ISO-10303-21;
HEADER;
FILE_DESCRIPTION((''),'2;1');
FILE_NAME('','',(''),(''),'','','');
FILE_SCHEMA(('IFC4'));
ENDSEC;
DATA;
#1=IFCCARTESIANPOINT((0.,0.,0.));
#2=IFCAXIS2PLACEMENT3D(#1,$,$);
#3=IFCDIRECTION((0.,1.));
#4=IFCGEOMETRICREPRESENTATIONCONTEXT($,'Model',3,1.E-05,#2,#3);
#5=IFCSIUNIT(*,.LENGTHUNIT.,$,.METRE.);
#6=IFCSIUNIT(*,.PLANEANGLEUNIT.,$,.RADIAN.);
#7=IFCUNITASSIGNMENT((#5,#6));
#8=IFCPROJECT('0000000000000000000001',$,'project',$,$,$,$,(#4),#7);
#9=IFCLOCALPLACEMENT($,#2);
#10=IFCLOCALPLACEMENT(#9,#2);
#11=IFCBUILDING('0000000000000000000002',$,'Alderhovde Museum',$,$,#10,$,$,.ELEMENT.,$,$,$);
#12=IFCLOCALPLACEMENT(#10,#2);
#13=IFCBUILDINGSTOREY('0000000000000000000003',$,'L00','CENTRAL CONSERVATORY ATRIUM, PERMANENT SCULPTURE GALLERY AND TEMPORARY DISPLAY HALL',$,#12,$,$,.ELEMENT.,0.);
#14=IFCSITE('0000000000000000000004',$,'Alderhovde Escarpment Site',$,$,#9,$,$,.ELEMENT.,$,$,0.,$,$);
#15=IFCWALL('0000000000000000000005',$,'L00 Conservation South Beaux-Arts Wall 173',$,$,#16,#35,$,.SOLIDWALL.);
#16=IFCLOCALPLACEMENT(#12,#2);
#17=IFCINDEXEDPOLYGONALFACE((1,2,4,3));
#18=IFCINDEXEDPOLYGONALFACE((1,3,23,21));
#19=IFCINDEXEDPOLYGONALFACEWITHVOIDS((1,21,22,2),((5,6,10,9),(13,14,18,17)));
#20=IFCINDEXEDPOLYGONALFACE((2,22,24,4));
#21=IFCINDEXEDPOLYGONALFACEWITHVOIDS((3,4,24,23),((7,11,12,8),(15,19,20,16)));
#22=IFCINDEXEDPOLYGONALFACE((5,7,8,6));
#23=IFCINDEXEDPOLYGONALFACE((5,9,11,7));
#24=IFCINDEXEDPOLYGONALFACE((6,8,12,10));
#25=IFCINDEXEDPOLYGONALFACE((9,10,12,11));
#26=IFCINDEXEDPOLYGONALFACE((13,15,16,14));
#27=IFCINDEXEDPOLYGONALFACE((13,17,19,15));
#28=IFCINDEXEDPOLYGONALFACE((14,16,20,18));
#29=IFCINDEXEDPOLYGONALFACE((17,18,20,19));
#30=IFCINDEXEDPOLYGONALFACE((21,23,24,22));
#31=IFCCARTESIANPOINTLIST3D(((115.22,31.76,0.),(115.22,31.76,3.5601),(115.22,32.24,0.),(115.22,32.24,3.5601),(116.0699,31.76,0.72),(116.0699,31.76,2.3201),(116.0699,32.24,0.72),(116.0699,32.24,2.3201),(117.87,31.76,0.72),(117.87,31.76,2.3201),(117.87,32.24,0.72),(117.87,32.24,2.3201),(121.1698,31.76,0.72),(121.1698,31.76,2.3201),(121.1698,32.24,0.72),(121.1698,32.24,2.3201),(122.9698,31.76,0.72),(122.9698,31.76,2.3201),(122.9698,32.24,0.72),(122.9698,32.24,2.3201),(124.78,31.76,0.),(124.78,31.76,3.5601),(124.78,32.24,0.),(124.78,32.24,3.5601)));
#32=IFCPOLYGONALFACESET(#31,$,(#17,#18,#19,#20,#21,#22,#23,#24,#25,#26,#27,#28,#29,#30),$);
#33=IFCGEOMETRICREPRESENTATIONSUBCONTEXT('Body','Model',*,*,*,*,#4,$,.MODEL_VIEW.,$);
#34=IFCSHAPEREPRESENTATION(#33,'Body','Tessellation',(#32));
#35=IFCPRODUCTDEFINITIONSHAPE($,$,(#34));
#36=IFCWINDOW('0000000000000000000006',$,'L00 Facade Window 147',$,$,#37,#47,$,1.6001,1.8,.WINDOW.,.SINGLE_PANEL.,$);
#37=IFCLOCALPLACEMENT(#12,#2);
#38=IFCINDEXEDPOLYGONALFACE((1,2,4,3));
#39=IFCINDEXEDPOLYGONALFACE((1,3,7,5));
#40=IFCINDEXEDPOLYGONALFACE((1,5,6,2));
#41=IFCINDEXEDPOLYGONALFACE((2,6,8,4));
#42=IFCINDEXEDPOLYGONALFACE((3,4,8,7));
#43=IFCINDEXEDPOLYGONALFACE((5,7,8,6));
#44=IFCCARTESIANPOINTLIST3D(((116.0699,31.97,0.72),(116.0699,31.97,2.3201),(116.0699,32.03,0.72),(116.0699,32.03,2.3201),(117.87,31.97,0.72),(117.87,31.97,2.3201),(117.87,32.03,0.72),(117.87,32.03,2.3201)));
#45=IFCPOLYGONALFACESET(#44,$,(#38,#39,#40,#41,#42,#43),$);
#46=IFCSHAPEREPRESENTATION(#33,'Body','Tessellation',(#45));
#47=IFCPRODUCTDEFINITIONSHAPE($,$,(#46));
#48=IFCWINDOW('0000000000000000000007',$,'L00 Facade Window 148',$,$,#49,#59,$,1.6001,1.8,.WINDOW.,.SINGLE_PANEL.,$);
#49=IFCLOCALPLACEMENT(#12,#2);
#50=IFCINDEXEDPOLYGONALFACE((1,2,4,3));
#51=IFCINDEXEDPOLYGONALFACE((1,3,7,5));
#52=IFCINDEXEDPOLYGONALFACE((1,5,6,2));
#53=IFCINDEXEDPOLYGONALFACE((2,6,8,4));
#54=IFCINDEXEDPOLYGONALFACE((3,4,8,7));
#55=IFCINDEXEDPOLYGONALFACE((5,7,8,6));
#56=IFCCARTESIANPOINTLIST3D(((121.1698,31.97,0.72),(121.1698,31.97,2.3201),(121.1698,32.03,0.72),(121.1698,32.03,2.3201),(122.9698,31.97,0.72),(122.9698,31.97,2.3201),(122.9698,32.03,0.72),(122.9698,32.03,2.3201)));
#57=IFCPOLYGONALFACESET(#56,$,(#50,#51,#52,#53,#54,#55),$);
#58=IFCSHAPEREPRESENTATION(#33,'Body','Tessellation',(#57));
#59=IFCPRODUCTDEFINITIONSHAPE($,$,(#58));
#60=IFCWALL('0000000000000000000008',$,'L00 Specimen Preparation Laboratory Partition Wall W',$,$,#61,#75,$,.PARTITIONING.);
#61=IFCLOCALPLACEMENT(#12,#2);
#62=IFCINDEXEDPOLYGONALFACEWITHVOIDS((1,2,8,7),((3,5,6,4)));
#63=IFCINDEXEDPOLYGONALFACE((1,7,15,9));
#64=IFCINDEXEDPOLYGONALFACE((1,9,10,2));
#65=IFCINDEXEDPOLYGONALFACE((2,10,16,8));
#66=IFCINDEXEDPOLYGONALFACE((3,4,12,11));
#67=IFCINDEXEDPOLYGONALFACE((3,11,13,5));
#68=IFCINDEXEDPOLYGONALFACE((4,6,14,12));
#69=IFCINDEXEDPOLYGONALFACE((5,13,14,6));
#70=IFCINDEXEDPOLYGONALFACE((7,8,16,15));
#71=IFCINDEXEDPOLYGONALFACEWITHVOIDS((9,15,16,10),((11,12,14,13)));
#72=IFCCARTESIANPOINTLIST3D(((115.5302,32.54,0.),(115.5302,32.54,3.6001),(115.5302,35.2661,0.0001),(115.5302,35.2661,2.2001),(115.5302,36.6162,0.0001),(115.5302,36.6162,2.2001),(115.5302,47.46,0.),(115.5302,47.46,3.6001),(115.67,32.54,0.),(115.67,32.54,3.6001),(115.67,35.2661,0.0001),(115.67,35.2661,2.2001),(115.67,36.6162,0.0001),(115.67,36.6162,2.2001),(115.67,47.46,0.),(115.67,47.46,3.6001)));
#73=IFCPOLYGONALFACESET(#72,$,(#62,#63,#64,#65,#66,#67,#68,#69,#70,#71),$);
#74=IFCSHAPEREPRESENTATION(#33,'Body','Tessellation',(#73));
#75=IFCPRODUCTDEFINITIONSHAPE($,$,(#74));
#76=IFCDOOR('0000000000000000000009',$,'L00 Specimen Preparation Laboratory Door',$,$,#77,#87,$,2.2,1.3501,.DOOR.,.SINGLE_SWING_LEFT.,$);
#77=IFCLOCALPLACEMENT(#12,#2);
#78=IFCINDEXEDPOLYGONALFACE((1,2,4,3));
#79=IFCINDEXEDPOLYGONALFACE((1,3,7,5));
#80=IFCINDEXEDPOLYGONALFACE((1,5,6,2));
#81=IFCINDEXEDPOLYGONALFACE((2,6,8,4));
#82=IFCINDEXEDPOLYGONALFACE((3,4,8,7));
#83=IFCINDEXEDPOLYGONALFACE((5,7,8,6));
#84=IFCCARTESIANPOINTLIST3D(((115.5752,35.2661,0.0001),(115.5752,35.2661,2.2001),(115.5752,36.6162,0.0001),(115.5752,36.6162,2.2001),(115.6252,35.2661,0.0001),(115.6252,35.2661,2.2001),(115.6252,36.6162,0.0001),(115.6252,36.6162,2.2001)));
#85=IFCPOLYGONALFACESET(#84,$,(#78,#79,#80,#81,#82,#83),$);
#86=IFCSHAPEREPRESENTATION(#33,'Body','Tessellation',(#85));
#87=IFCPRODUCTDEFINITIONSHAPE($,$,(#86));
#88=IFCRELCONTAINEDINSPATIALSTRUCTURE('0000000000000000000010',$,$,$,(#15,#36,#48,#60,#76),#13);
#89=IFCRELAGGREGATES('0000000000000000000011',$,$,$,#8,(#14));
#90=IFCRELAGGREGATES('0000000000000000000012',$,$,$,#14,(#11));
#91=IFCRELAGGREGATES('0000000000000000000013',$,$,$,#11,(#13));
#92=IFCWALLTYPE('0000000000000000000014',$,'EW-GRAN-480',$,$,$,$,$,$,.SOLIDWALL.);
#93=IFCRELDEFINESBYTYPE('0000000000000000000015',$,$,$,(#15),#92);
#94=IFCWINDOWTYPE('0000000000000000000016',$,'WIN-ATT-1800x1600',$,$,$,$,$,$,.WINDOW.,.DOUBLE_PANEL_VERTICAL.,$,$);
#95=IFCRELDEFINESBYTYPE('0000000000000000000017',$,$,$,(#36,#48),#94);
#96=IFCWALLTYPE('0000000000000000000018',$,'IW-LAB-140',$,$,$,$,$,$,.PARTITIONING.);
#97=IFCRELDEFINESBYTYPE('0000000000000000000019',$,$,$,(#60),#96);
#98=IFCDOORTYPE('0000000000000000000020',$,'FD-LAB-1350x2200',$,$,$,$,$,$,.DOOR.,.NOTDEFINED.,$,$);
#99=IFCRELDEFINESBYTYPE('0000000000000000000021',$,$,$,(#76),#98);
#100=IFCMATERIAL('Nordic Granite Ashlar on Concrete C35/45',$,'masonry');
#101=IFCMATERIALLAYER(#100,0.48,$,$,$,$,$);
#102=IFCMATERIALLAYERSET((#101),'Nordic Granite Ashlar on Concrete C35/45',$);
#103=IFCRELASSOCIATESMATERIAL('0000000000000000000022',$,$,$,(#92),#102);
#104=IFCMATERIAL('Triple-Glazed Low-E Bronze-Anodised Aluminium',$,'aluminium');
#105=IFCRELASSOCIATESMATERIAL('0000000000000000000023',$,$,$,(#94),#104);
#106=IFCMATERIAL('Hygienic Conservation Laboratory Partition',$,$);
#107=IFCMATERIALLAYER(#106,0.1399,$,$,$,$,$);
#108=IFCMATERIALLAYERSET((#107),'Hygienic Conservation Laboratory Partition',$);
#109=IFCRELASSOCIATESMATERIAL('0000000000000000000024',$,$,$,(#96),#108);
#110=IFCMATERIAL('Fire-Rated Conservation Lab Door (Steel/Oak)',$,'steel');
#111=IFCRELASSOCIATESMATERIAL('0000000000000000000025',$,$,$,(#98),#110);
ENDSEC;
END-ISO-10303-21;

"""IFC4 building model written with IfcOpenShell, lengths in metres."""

from ifc_helpers import new_model, si_unit, direction, frame, frame_2d, origin, place, context, subcontext, project, spatial, rectangle, extrude, material, layer, layer_set, type_object, element, fill, save


model = new_model("IFC4")

# Units and contexts
model_context = context("Model", 3, precision=1e-05, world=origin(), true_north=direction((0.0, 1.0)))
body_context = subcontext(model_context, "Body", "Model", "MODEL_VIEW")
ifc_project = project(units=[si_unit("LENGTHUNIT", "METRE"), si_unit("PLANEANGLEUNIT", "RADIAN")], contexts=[model_context])

# Site, building, storey
site_placement = place(None, origin())
site = spatial("IfcSite", under=ifc_project, at=site_placement, Name="Alderhovde Escarpment Site", CompositionType="ELEMENT", RefElevation=0.0)
building_placement = place(site_placement, origin())
building = spatial("IfcBuilding", under=site, at=building_placement, Name="Alderhovde Museum", CompositionType="ELEMENT")
storey_placement = place(building_placement, origin())
storey = spatial("IfcBuildingStorey", under=building, at=storey_placement, Name="L00", Description="CENTRAL CONSERVATORY ATRIUM, PERMANENT SCULPTURE GALLERY AND TEMPORARY DISPLAY HALL", CompositionType="ELEMENT", Elevation=0.0)

# Shared definitions
ifc_material_1 = material(Name="Nordic Granite Ashlar on Concrete C35/45", Category="masonry")
ifc_layer_1 = layer(ifc_material_1, 0.48)
ifc_layer_set_1 = layer_set([ifc_layer_1], Name="Nordic Granite Ashlar on Concrete C35/45")
wall_type_1 = type_object("IfcWallType", Name="EW-GRAN-480", PredefinedType="SOLIDWALL", material=ifc_layer_set_1)
ifc_material_2 = material(Name="Triple-Glazed Low-E Bronze-Anodised Aluminium", Category="aluminium")
window_type = type_object("IfcWindowType", Name="WIN-ATT-1800x1600", PartitioningType="DOUBLE_PANEL_VERTICAL", PredefinedType="WINDOW", material=ifc_material_2)

# Wall, openings, windows
wall_1_placement = place(storey_placement, frame((115.22, 32.0, 0.0), z_axis=(0.0, 0.0, 1.0), x_axis=(1.0, 0.0, 0.0)))
wall_1 = element("IfcWall", 1, at=wall_1_placement, inside=storey, type_object=wall_type_1, Name="L00 Conservation South Beaux-Arts Wall 173", PredefinedType="SOLIDWALL", context=body_context, shape_type="SweptSolid", body=[
    extrude(rectangle(XDim=9.5601, YDim=0.48, at=frame_2d((4.78, 0.0))), origin(), (0.0, 0.0, 1.0), 3.5601),
])
opening_1_placement = place(wall_1_placement, frame((0.8501, 0.0, 0.72)))
opening_1 = element("IfcOpeningElement", 2, at=opening_1_placement, cuts=wall_1, PredefinedType="OPENING", context=body_context, shape_type="SweptSolid", body=[
    extrude(rectangle(XDim=1.8, YDim=1.6001, at=frame_2d((0.8999, 0.8))), frame((0.0, 0.25, 0.0), z_axis=(0.0, -1.0, 0.0), x_axis=(1.0, 0.0, 0.0)), (0.0, 0.0, 1.0), 0.5),
])
opening_2_placement = place(wall_1_placement, frame((5.95, 0.0, 0.72)))
opening_2 = element("IfcOpeningElement", 3, at=opening_2_placement, cuts=wall_1, PredefinedType="OPENING", context=body_context, shape_type="SweptSolid", body=[
    extrude(rectangle(XDim=1.8, YDim=1.6001, at=frame_2d((0.8999, 0.8))), frame((0.0, 0.25, 0.0), z_axis=(0.0, -1.0, 0.0), x_axis=(1.0, 0.0, 0.0)), (0.0, 0.0, 1.0), 0.5),
])
window_1_placement = place(opening_1_placement, origin())
window_1 = element("IfcWindow", 4, at=window_1_placement, inside=storey, type_object=window_type, Name="L00 Facade Window 147", OverallHeight=1.6001, OverallWidth=1.8, PartitioningType="SINGLE_PANEL", PredefinedType="WINDOW", context=body_context, shape_type="SweptSolid", body=[
    extrude(rectangle(XDim=1.8, YDim=1.6001, at=frame_2d((0.8999, 0.8))), frame((0.0, 0.03, 0.0), z_axis=(0.0, -1.0, 0.0), x_axis=(1.0, 0.0, 0.0)), (0.0, 0.0, 1.0), 0.0601),
])
fill(opening_1, window_1)
window_2_placement = place(opening_2_placement, origin())
window_2 = element("IfcWindow", 5, at=window_2_placement, inside=storey, type_object=window_type, Name="L00 Facade Window 148", OverallHeight=1.6001, OverallWidth=1.8, PartitioningType="SINGLE_PANEL", PredefinedType="WINDOW", context=body_context, shape_type="SweptSolid", body=[
    extrude(rectangle(XDim=1.8, YDim=1.6001, at=frame_2d((0.8999, 0.8))), frame((0.0, 0.03, 0.0), z_axis=(0.0, -1.0, 0.0), x_axis=(1.0, 0.0, 0.0)), (0.0, 0.0, 1.0), 0.0601),
])
fill(opening_2, window_2)

# Wall, opening, door
ifc_material_3 = material(Name="Hygienic Conservation Laboratory Partition")
ifc_layer_2 = layer(ifc_material_3, 0.1399)
ifc_layer_set_2 = layer_set([ifc_layer_2], Name="Hygienic Conservation Laboratory Partition")
wall_type_2 = type_object("IfcWallType", Name="IW-LAB-140", PredefinedType="PARTITIONING", material=ifc_layer_set_2)
wall_2_placement = place(storey_placement, frame((115.6001, 32.54, 0.0), z_axis=(0.0, 0.0, 1.0), x_axis=(0.0, 1.0, 0.0)))
wall_2 = element("IfcWall", 6, at=wall_2_placement, inside=storey, type_object=wall_type_2, Name="L00 Specimen Preparation Laboratory Partition Wall W", PredefinedType="PARTITIONING", context=body_context, shape_type="SweptSolid", body=[
    extrude(rectangle(XDim=14.9199, YDim=0.1399, at=frame_2d((7.46, 0.0))), origin(), (0.0, 0.0, 1.0), 3.6001),
])
opening_3_placement = place(wall_2_placement, frame((2.7261, 0.0, 0.0)))
opening_3 = element("IfcOpeningElement", 7, at=opening_3_placement, cuts=wall_2, PredefinedType="OPENING", context=body_context, shape_type="SweptSolid", body=[
    extrude(rectangle(XDim=1.3501, YDim=2.2, at=frame_2d((0.675, 1.1001))), frame((0.0, 0.0801, 0.0), z_axis=(0.0, -1.0, 0.0), x_axis=(1.0, 0.0, 0.0)), (0.0, 0.0, 1.0), 0.1599),
])
ifc_material_4 = material(Name="Fire-Rated Conservation Lab Door (Steel/Oak)", Category="steel")
door_type = type_object("IfcDoorType", Name="FD-LAB-1350x2200", OperationType="NOTDEFINED", PredefinedType="DOOR", material=ifc_material_4)
door_placement = place(opening_3_placement, origin())
door = element("IfcDoor", 8, at=door_placement, inside=storey, type_object=door_type, Name="L00 Specimen Preparation Laboratory Door", OperationType="SINGLE_SWING_LEFT", OverallHeight=2.2, OverallWidth=1.3501, PredefinedType="DOOR", context=body_context, shape_type="SweptSolid", body=[
    extrude(rectangle(XDim=1.3501, YDim=2.2, at=frame_2d((0.675, 1.1001))), frame((0.0, 0.0249, 0.0), z_axis=(0.0, -1.0, 0.0), x_axis=(1.0, 0.0, 0.0)), (0.0, 0.0, 1.0), 0.05),
])
fill(opening_3, door)

save(model, "model.ifc")
